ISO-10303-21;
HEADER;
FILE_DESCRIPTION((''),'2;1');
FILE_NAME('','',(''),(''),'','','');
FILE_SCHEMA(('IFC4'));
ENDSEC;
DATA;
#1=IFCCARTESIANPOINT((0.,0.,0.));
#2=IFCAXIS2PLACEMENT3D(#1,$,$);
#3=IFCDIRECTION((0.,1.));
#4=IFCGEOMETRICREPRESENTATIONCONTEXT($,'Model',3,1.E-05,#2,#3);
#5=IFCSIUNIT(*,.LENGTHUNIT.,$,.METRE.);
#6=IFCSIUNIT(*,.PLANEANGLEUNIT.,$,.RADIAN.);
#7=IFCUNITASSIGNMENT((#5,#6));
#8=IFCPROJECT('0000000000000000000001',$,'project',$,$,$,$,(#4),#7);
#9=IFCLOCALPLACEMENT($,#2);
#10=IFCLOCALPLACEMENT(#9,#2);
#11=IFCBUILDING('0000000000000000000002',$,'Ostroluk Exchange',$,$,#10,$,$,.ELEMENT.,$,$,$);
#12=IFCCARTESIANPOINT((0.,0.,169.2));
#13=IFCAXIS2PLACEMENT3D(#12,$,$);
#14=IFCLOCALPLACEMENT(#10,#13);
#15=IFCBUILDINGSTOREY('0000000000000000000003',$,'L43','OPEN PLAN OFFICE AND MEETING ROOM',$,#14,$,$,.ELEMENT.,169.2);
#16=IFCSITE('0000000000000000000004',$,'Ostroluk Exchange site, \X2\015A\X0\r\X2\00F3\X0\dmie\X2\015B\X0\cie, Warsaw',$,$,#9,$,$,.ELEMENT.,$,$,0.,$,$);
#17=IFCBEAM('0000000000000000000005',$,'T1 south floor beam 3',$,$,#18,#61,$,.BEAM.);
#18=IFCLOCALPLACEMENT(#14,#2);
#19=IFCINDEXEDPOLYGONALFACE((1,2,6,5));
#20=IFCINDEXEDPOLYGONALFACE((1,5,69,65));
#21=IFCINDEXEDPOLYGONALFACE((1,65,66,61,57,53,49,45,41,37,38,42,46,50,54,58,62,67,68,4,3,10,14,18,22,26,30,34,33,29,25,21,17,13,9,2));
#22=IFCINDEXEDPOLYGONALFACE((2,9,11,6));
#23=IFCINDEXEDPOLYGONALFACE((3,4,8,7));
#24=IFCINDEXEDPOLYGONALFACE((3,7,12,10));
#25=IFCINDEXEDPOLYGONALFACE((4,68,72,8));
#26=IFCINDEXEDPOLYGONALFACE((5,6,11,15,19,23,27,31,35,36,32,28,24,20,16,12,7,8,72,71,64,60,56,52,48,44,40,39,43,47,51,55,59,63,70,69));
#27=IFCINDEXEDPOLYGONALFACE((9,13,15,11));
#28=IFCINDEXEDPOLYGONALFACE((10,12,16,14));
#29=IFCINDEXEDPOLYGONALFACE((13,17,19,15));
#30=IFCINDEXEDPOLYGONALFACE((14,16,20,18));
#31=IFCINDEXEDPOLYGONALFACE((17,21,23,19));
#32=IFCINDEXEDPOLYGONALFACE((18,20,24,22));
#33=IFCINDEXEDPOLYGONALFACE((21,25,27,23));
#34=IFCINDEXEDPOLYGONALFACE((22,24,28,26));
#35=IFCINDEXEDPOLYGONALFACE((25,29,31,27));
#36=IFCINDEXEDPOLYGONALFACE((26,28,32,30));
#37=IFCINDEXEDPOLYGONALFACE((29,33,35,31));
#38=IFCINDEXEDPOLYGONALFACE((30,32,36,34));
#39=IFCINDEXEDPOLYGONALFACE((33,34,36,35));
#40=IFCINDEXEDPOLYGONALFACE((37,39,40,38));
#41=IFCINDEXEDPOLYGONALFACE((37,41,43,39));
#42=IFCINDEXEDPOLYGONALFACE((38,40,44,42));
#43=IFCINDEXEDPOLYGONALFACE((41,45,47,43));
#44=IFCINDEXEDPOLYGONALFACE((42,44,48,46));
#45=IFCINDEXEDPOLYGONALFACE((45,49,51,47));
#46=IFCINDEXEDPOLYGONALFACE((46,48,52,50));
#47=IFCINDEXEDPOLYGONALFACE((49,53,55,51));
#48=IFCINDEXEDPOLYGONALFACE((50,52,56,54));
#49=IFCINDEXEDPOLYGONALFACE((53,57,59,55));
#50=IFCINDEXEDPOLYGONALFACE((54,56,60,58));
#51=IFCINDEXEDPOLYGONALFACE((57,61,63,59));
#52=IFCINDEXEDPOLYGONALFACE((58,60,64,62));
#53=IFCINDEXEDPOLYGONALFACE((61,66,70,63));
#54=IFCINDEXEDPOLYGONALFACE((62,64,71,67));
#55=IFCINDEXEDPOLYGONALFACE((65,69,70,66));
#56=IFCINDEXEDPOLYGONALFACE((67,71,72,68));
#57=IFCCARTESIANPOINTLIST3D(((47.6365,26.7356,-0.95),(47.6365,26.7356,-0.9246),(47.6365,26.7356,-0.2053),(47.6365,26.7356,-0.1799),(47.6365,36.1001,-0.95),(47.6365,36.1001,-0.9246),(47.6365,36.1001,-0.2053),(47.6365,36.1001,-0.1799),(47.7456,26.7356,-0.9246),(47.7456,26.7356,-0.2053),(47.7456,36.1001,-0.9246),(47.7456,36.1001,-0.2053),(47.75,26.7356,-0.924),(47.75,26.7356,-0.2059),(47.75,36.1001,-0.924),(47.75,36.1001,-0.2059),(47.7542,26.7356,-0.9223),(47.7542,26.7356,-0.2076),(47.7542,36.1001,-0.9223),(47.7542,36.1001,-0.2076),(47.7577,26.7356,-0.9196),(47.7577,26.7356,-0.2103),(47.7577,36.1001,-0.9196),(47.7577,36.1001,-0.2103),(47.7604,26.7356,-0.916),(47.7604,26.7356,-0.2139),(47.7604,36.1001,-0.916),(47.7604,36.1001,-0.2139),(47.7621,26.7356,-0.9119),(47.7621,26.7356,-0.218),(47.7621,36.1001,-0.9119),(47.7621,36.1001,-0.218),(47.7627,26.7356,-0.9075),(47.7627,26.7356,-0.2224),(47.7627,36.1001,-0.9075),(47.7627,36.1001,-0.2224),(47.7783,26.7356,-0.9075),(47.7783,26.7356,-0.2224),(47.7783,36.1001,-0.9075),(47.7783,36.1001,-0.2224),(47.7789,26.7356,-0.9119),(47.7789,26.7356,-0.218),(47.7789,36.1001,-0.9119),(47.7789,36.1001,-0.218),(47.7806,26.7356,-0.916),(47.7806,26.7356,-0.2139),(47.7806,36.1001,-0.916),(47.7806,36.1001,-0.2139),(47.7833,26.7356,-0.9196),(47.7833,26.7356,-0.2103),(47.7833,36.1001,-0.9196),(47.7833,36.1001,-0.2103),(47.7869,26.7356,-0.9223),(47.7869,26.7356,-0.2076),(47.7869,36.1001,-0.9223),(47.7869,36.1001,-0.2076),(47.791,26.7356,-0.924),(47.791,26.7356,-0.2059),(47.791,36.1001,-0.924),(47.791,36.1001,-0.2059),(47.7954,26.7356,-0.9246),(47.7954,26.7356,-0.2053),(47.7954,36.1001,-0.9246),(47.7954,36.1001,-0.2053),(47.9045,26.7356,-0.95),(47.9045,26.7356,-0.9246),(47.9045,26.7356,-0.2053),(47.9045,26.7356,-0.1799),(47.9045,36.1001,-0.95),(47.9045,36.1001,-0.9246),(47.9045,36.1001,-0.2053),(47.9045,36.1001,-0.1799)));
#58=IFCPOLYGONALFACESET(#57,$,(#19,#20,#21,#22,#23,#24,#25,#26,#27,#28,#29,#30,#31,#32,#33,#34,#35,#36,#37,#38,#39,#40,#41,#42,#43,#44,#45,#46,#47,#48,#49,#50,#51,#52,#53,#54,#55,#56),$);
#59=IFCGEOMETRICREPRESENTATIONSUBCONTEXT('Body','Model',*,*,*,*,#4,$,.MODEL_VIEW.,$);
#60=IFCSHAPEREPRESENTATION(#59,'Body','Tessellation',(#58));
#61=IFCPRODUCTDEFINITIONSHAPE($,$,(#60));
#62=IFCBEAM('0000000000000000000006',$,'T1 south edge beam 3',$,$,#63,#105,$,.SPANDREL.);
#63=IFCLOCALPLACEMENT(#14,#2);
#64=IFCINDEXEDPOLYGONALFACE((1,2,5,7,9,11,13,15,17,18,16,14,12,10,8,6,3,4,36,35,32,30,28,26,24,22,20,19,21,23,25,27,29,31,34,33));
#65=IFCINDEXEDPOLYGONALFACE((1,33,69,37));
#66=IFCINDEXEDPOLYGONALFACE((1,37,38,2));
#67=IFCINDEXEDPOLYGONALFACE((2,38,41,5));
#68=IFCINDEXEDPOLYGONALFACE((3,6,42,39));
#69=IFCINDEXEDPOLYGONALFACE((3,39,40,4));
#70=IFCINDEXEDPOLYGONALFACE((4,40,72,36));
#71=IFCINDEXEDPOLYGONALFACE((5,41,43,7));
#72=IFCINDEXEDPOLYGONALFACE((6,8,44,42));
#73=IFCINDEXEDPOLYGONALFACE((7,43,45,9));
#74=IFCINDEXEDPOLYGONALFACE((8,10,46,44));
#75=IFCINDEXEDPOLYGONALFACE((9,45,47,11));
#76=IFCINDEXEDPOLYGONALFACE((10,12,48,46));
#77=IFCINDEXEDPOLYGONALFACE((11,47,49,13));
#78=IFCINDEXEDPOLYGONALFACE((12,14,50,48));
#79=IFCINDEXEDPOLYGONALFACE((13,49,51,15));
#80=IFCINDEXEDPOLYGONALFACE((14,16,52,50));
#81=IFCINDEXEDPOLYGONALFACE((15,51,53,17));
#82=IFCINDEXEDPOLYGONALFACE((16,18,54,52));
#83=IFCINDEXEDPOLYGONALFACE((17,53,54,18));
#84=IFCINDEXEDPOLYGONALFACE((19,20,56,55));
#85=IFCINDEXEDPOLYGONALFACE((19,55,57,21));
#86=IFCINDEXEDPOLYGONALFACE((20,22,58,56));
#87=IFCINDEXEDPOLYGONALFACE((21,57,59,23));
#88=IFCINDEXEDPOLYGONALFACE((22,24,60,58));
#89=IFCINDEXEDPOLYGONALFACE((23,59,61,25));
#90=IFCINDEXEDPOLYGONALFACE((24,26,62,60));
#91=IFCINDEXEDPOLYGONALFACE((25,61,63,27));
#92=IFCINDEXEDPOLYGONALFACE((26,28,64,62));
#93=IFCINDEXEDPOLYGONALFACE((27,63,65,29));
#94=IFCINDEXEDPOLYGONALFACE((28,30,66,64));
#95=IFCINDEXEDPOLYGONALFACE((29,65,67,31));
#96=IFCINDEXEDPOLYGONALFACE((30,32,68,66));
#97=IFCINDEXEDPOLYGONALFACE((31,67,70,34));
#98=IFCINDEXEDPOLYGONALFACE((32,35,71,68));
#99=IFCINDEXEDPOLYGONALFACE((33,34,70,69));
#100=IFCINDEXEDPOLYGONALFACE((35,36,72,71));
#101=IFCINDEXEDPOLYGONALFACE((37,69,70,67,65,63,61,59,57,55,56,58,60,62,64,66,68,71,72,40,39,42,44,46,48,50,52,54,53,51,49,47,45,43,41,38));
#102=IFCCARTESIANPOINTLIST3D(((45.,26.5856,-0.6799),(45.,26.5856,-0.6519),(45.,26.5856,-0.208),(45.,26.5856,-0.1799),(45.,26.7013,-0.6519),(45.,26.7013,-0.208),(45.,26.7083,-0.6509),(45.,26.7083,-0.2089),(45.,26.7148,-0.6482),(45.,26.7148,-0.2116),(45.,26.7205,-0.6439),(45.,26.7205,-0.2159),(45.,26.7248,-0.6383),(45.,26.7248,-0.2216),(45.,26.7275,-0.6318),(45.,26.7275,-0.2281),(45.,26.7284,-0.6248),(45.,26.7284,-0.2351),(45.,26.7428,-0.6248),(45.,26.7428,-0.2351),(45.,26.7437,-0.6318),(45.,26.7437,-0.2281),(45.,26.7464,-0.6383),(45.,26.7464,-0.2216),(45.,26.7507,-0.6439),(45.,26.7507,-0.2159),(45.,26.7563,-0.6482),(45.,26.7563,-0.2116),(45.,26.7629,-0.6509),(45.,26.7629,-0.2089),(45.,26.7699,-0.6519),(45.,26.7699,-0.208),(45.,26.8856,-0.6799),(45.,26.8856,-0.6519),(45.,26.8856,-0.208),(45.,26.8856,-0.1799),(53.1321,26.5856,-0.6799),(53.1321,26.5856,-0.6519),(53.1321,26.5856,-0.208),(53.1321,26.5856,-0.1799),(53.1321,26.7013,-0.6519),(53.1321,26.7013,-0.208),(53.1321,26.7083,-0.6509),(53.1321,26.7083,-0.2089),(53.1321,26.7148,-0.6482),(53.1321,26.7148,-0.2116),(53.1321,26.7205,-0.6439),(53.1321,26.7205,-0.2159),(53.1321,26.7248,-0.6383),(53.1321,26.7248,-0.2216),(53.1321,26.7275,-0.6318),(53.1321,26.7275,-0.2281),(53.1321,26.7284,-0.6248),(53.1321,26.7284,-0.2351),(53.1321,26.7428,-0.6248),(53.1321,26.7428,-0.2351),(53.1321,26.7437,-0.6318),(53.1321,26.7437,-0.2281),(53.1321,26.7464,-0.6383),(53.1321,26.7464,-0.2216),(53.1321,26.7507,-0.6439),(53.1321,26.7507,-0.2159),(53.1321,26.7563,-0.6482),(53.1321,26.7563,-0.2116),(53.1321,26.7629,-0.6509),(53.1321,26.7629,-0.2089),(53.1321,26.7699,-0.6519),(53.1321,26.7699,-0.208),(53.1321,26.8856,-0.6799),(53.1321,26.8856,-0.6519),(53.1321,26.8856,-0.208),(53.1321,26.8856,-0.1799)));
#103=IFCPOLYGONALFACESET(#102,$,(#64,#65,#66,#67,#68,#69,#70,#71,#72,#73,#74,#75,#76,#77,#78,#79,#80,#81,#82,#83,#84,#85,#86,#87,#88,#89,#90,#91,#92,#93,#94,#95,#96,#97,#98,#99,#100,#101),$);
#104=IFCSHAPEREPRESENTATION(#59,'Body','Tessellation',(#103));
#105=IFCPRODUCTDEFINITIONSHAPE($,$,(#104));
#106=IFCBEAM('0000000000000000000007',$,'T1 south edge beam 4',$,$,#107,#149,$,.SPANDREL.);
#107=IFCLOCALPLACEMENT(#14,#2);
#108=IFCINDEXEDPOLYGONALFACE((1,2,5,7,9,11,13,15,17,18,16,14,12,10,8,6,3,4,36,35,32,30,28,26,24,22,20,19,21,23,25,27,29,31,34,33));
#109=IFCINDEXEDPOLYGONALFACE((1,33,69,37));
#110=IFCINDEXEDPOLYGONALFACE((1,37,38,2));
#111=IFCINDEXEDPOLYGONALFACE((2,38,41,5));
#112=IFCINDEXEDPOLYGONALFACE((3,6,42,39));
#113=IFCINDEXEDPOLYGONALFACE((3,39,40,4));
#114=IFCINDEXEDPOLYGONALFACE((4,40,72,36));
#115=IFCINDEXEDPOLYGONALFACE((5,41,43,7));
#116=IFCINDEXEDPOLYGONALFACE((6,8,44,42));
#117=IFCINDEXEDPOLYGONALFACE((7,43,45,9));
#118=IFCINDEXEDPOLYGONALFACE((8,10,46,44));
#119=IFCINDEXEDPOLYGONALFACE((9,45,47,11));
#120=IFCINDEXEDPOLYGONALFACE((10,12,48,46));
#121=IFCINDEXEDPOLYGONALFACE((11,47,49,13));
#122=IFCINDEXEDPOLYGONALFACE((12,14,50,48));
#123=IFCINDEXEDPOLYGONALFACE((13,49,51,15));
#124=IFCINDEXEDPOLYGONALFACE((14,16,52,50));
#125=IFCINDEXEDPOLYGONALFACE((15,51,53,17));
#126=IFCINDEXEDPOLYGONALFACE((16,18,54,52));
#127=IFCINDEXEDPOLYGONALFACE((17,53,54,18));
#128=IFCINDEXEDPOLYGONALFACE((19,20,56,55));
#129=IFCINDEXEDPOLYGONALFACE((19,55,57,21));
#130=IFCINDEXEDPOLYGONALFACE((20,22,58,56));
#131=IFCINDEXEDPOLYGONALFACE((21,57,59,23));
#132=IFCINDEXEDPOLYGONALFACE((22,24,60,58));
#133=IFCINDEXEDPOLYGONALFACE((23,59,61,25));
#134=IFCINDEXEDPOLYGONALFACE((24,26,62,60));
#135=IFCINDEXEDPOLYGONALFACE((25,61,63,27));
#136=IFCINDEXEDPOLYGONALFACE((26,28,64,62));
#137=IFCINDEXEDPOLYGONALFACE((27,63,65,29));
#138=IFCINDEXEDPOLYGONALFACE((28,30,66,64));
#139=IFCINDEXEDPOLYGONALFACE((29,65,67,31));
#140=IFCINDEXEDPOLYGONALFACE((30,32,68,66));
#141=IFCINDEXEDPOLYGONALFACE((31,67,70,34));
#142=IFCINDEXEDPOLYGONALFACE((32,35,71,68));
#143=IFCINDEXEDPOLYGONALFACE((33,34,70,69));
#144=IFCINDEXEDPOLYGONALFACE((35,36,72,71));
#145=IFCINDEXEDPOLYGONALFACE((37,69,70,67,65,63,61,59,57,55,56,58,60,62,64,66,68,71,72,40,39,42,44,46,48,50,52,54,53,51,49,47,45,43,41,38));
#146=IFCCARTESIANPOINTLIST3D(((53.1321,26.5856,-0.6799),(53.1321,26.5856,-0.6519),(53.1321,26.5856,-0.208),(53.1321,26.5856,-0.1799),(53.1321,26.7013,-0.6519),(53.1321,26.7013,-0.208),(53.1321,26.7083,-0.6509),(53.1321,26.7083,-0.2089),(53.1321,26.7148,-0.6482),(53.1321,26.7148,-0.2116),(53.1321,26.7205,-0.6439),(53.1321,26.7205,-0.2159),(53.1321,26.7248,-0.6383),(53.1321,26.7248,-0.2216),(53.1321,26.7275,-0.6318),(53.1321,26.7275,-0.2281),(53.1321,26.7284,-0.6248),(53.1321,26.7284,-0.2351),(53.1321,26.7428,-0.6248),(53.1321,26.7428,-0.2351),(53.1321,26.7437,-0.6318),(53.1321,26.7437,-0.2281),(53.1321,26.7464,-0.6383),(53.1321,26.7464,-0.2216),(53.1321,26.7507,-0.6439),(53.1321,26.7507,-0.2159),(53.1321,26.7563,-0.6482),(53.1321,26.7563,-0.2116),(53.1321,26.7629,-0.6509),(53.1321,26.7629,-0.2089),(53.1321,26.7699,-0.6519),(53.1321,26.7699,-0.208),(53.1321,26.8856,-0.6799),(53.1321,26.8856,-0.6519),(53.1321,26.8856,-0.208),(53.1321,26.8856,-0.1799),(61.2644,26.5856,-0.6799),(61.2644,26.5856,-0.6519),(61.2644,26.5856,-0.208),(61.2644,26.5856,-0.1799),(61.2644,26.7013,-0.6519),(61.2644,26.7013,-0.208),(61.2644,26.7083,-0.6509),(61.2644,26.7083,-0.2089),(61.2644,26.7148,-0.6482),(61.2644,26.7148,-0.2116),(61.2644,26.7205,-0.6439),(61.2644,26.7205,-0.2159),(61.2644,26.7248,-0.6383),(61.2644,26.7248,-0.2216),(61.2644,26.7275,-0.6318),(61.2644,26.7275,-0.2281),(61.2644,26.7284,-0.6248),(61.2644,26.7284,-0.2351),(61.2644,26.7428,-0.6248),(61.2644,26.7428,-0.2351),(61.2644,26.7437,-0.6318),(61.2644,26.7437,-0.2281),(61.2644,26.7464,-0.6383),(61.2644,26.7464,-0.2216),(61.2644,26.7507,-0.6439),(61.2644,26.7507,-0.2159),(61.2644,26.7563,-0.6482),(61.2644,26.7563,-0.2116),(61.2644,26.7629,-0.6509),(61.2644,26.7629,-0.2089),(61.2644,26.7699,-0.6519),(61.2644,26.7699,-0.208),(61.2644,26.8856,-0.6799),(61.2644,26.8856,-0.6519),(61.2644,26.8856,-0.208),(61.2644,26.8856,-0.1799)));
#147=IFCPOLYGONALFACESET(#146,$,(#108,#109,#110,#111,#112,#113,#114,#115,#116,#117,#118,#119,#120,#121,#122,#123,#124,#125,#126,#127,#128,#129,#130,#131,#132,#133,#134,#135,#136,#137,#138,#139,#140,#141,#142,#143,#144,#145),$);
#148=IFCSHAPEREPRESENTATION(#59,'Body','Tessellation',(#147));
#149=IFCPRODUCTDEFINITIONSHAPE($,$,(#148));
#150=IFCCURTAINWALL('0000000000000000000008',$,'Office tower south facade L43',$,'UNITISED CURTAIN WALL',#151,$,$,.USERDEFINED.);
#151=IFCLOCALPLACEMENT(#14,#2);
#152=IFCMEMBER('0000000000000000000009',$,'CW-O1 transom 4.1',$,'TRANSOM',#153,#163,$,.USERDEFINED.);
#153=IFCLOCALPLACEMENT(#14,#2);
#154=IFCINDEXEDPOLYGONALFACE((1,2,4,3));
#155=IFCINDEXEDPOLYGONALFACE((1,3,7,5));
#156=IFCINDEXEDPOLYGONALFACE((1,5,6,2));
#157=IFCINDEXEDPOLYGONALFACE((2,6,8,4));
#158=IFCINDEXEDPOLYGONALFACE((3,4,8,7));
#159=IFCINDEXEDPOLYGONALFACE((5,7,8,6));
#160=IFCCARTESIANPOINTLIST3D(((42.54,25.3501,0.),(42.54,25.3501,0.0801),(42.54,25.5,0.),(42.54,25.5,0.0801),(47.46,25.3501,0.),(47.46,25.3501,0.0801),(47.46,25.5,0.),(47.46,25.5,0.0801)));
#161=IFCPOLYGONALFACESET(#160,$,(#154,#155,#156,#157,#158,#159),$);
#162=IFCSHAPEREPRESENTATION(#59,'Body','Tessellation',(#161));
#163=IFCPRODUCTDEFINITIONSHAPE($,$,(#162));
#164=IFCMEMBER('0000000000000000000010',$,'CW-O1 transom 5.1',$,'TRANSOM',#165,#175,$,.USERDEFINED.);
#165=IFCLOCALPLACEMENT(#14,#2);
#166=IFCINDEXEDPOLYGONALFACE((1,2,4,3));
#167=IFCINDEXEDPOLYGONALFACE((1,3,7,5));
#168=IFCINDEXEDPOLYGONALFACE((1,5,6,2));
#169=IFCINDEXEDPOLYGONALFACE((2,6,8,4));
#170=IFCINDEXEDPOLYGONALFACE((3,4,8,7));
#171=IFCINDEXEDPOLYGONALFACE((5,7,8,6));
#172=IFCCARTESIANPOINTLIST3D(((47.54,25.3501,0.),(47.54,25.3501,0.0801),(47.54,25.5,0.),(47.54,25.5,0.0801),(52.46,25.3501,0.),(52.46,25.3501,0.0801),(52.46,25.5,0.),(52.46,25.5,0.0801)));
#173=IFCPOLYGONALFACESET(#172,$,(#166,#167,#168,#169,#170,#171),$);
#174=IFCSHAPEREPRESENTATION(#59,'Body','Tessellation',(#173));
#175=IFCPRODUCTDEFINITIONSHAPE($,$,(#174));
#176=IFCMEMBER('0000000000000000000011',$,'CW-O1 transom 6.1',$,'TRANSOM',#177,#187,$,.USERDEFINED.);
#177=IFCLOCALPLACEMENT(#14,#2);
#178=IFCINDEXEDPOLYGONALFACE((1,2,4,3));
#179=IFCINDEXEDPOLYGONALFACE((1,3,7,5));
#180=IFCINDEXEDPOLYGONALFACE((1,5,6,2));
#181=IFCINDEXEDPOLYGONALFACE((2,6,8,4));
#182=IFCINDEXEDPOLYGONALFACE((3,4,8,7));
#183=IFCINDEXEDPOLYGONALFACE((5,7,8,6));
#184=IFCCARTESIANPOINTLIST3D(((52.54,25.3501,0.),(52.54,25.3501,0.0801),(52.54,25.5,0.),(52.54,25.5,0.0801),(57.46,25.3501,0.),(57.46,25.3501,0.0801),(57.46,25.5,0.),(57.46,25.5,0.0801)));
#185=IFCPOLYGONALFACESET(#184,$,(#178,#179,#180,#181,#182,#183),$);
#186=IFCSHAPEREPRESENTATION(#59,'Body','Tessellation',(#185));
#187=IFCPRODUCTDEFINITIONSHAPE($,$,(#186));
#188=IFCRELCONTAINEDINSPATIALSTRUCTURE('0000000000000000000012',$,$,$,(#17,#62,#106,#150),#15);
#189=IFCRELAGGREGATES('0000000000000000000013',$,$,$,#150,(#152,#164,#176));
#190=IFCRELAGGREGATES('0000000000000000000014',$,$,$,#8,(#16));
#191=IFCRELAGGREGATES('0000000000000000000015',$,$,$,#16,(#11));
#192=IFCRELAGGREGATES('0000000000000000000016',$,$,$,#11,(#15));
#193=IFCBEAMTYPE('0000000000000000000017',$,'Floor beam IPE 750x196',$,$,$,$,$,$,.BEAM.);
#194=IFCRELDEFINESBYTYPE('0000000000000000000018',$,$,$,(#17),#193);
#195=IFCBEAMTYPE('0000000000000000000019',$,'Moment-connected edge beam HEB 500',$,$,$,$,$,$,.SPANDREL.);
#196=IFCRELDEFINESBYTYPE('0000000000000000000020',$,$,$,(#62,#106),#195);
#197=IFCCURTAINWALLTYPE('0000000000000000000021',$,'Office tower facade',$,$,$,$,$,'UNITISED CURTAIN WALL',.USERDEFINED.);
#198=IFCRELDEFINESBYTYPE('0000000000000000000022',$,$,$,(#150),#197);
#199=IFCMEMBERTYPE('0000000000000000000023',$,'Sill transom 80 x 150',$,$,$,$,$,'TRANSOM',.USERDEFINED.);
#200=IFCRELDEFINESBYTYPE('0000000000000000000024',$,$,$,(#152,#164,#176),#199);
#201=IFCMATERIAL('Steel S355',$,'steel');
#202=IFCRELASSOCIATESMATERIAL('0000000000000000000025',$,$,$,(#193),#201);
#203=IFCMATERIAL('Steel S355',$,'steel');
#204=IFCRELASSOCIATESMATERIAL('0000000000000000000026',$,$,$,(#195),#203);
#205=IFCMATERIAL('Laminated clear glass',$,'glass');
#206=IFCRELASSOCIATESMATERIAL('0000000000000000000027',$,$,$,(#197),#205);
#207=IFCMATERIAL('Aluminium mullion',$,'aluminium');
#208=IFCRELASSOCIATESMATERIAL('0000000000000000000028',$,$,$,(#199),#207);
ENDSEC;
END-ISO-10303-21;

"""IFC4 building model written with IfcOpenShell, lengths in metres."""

from ifc_helpers import new_model, si_unit, direction, frame, origin, origin_2d, place, context, subcontext, project, spatial, rectangle, i_section, extrude, material, material_profile, profile_set, type_object, element, aggregate, save


model = new_model("IFC4")

# Units and contexts
model_context = context("Model", 3, precision=1e-05, world=origin(), true_north=direction((0.0, 1.0)))
body_context = subcontext(model_context, "Body", "Model", "MODEL_VIEW")
ifc_project = project(units=[si_unit("LENGTHUNIT", "METRE"), si_unit("PLANEANGLEUNIT", "RADIAN")], contexts=[model_context])

# Site, building, storey
site_placement = place(None, origin())
site = spatial("IfcSite", under=ifc_project, at=site_placement, Name="Ostroluk Exchange site, Śródmieście, Warsaw", CompositionType="ELEMENT", RefElevation=0.0)
building_placement = place(site_placement, origin())
building = spatial("IfcBuilding", under=site, at=building_placement, Name="Ostroluk Exchange", CompositionType="ELEMENT")
storey_placement = place(building_placement, frame((0.0, 0.0, 169.2)))
storey = spatial("IfcBuildingStorey", under=building, at=storey_placement, Name="L43", Description="OPEN PLAN OFFICE AND MEETING ROOM", CompositionType="ELEMENT", Elevation=169.2)

# Beams
ifc_material_1 = material(Name="Steel S355", Category="steel")
ifc_material_profile_1 = material_profile(ifc_material_1, i_section(OverallWidth=0.2681, OverallDepth=0.77, WebThickness=0.0156, FlangeThickness=0.0254, FilletRadius=0.0171, at=origin_2d()), Name="IPE 750x196")
ifc_profile_set_1 = profile_set([ifc_material_profile_1], Name="Steel S355")
beam_type_1 = type_object("IfcBeamType", Name="Floor beam IPE 750x196", PredefinedType="BEAM", material=ifc_profile_set_1)
for number, where, z_axis, x_axis, name in (
    (1, (47.7705, 36.1001, -0.5649), (0.0, -1.0, 0.0), (1.0, 0.0, 0.0), "T1 south floor beam 3"),
):
    element("IfcBeam", number, at=place(storey_placement, frame(where, z_axis=z_axis, x_axis=x_axis)), inside=storey, type_object=beam_type_1, Name=name, PredefinedType="BEAM", context=body_context, shape_type="SweptSolid", body=[
        extrude(i_section(OverallWidth=0.2681, OverallDepth=0.77, WebThickness=0.0156, FlangeThickness=0.0254, FilletRadius=0.0171, at=origin_2d()), origin(), (0.0, 0.0, 1.0), 9.3645),
    ])
ifc_material_2 = material(Name="Steel S355", Category="steel")
ifc_material_profile_2 = material_profile(ifc_material_2, i_section(OverallWidth=0.3, OverallDepth=0.5, WebThickness=0.0144, FlangeThickness=0.0281, FilletRadius=0.0271, at=origin_2d()), Name="HEB 500")
ifc_profile_set_2 = profile_set([ifc_material_profile_2], Name="Steel S355")
beam_type_2 = type_object("IfcBeamType", Name="Moment-connected edge beam HEB 500", PredefinedType="SPANDREL", material=ifc_profile_set_2)
beam_1_placement = place(storey_placement, frame((45.0, 26.7356, -0.4299), z_axis=(1.0, 0.0, 0.0), x_axis=(0.0, 1.0, 0.0)))
element("IfcBeam", 2, at=beam_1_placement, inside=storey, type_object=beam_type_2, Name="T1 south edge beam 3", PredefinedType="SPANDREL", context=body_context, shape_type="SweptSolid", body=[
    extrude(i_section(OverallWidth=0.3, OverallDepth=0.5, WebThickness=0.0144, FlangeThickness=0.0281, FilletRadius=0.0271, at=origin_2d()), origin(), (0.0, 0.0, 1.0), 8.1321),
])
beam_2_placement = place(storey_placement, frame((53.1321, 26.7356, -0.4299), z_axis=(1.0, 0.0, 0.0), x_axis=(0.0, 1.0, 0.0)))
element("IfcBeam", 3, at=beam_2_placement, inside=storey, type_object=beam_type_2, Name="T1 south edge beam 4", PredefinedType="SPANDREL", context=body_context, shape_type="SweptSolid", body=[
    extrude(i_section(OverallWidth=0.3, OverallDepth=0.5, WebThickness=0.0144, FlangeThickness=0.0281, FilletRadius=0.0271, at=origin_2d()), origin(), (0.0, 0.0, 1.0), 8.1323),
])

# Curtain wall, members
ifc_material_3 = material(Name="Laminated clear glass", Category="glass")
curtain_wall_type = type_object("IfcCurtainWallType", Name="Office tower facade", ElementType="UNITISED CURTAIN WALL", PredefinedType="USERDEFINED", material=ifc_material_3)
curtain_wall_placement = place(storey_placement, origin())
curtain_wall = element("IfcCurtainWall", 4, at=curtain_wall_placement, inside=storey, type_object=curtain_wall_type, Name="Office tower south facade L43", ObjectType="UNITISED CURTAIN WALL", PredefinedType="USERDEFINED")
ifc_material_4 = material(Name="Aluminium mullion", Category="aluminium")
ifc_material_profile_3 = material_profile(ifc_material_4, rectangle(XDim=0.1499, YDim=0.0801, at=origin_2d()), Name="Sill transom 80 x 150")
ifc_profile_set_3 = profile_set([ifc_material_profile_3], Name="Aluminium mullion")
member_type_1 = type_object("IfcMemberType", Name="Sill transom 80 x 150", ElementType="TRANSOM", PredefinedType="USERDEFINED", material=ifc_profile_set_3)
member_1_placement = place(storey_placement, frame((42.54, 25.425, 0.04), z_axis=(1.0, 0.0, 0.0), x_axis=(0.0, 1.0, 0.0)))
member_1 = element("IfcMember", 5, at=member_1_placement, type_object=member_type_1, Name="CW-O1 transom 4.1", ObjectType="TRANSOM", PredefinedType="USERDEFINED", context=body_context, shape_type="SweptSolid", body=[
    extrude(rectangle(XDim=0.1499, YDim=0.0801, at=origin_2d()), origin(), (0.0, 0.0, 1.0), 4.9199),
])
member_2_placement = place(storey_placement, frame((47.54, 25.425, 0.04), z_axis=(1.0, 0.0, 0.0), x_axis=(0.0, 1.0, 0.0)))
member_2 = element("IfcMember", 6, at=member_2_placement, type_object=member_type_1, Name="CW-O1 transom 5.1", ObjectType="TRANSOM", PredefinedType="USERDEFINED", context=body_context, shape_type="SweptSolid", body=[
    extrude(rectangle(XDim=0.1499, YDim=0.0801, at=origin_2d()), origin(), (0.0, 0.0, 1.0), 4.9199),
])
member_3_placement = place(storey_placement, frame((52.54, 25.425, 0.04), z_axis=(1.0, 0.0, 0.0), x_axis=(0.0, 1.0, 0.0)))
member_3 = element("IfcMember", 7, at=member_3_placement, type_object=member_type_1, Name="CW-O1 transom 6.1", ObjectType="TRANSOM", PredefinedType="USERDEFINED", context=body_context, shape_type="SweptSolid", body=[
    extrude(rectangle(XDim=0.1499, YDim=0.0801, at=origin_2d()), origin(), (0.0, 0.0, 1.0), 4.9199),
])
aggregate(curtain_wall, [member_1, member_2, member_3])

save(model, "model.ifc")
